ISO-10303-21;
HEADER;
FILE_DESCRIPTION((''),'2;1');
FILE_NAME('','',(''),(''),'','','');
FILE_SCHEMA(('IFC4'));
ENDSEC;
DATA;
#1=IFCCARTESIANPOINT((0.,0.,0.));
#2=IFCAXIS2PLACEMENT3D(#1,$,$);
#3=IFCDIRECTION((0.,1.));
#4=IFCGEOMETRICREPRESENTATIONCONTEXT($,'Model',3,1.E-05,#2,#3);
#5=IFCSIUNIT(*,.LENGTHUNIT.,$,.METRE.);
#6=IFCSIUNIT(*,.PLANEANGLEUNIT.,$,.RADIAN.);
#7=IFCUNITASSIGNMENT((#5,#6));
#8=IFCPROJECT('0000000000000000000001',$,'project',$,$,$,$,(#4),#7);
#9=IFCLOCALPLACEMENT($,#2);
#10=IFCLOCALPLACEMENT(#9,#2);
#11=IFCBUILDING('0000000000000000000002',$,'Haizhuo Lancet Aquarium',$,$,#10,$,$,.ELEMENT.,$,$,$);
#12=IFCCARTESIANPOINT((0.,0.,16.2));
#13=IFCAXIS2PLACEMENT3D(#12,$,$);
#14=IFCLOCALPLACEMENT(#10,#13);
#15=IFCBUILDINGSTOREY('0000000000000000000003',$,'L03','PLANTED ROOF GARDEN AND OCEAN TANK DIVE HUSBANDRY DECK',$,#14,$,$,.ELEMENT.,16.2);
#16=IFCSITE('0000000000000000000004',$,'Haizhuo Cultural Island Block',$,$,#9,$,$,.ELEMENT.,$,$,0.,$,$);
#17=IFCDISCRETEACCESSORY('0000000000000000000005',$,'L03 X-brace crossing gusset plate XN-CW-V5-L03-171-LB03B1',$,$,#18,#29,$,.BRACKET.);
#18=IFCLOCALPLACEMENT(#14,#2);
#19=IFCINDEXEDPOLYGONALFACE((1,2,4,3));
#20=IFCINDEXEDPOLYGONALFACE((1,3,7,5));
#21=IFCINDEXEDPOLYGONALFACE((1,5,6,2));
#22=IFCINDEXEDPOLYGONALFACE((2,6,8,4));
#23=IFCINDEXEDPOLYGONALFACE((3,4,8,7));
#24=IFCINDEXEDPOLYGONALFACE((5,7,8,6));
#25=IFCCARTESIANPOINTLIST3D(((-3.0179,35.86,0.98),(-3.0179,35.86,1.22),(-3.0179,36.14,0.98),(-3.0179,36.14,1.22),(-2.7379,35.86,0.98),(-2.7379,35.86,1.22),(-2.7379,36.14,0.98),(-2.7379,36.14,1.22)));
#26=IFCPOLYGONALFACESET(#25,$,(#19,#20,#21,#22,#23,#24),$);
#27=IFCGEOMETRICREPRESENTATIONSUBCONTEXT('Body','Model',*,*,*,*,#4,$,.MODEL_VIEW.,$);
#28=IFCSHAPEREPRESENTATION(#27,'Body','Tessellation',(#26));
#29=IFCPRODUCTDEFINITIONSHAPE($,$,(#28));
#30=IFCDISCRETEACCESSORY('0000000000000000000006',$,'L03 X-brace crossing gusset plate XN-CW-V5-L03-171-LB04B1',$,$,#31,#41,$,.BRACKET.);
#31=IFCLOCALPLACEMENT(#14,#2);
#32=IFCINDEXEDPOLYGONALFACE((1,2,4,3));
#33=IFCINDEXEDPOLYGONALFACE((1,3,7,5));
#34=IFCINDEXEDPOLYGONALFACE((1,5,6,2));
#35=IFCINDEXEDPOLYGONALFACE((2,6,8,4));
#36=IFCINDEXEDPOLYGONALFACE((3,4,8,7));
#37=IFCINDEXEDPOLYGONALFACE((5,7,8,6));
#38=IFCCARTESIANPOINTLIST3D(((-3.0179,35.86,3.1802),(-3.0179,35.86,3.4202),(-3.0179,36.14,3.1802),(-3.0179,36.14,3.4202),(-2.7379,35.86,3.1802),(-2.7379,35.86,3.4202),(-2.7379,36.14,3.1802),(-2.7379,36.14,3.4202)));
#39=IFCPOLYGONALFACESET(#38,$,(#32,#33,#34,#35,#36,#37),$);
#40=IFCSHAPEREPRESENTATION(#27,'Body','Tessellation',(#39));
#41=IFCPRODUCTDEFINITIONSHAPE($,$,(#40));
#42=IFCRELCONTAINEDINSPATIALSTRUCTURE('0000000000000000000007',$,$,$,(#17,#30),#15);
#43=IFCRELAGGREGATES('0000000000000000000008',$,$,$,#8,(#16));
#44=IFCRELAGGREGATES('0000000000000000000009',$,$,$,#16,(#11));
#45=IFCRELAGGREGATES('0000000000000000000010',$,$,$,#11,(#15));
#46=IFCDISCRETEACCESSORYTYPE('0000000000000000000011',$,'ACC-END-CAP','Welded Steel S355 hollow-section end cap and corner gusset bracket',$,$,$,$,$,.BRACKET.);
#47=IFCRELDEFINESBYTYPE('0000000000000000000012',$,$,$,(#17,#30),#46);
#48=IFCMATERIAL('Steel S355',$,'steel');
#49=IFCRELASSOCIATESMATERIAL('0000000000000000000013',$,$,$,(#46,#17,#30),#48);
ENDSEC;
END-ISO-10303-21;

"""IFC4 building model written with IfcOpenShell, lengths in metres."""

from ifc_helpers import new_model, si_unit, direction, frame, origin, origin_2d, place, context, subcontext, project, spatial, rectangle, extrude, material, type_object, element, save


model = new_model("IFC4")

# Units and contexts
model_context = context("Model", 3, precision=1e-05, world=origin(), true_north=direction((0.0, 1.0)))
body_context = subcontext(model_context, "Body", "Model", "MODEL_VIEW")
ifc_project = project(units=[si_unit("LENGTHUNIT", "METRE"), si_unit("PLANEANGLEUNIT", "RADIAN")], contexts=[model_context])

# Site, building, storey
site_placement = place(None, origin())
site = spatial("IfcSite", under=ifc_project, at=site_placement, Name="Haizhuo Cultural Island Block", CompositionType="ELEMENT", RefElevation=0.0)
building_placement = place(site_placement, origin())
building = spatial("IfcBuilding", under=site, at=building_placement, Name="Haizhuo Lancet Aquarium", CompositionType="ELEMENT")
storey_placement = place(building_placement, frame((0.0, 0.0, 16.2)))
storey = spatial("IfcBuildingStorey", under=building, at=storey_placement, Name="L03", Description="PLANTED ROOF GARDEN AND OCEAN TANK DIVE HUSBANDRY DECK", CompositionType="ELEMENT", Elevation=16.2)

# Shared definitions
ifc_material_1 = material(Name="Steel S355", Category="steel")

# Discrete accessories
discrete_accessory_type = type_object("IfcDiscreteAccessoryType", Name="ACC-END-CAP", Description="Welded Steel S355 hollow-section end cap and corner gusset bracket", PredefinedType="BRACKET", material=ifc_material_1)
for number, where, z_axis, x_axis, name in (
    (1, (-2.8779, 36.0, 0.98), (0.0, 0.0, 1.0), (1.0, 0.0, 0.0), "L03 X-brace crossing gusset plate XN-CW-V5-L03-171-LB03B1"),
    (2, (-2.8779, 36.0, 3.1802), (0.0, 0.0, 1.0), (1.0, 0.0, 0.0), "L03 X-brace crossing gusset plate XN-CW-V5-L03-171-LB04B1"),
):
    element("IfcDiscreteAccessory", number, at=place(storey_placement, frame(where, z_axis=z_axis, x_axis=x_axis)), inside=storey, type_object=discrete_accessory_type, material=ifc_material_1, Name=name, PredefinedType="BRACKET", context=body_context, shape_type="SweptSolid", body=[
        extrude(rectangle(XDim=0.28, YDim=0.28, at=origin_2d()), origin(), (0.0, 0.0, 1.0), 0.24),
    ])

save(model, "model.ifc")
